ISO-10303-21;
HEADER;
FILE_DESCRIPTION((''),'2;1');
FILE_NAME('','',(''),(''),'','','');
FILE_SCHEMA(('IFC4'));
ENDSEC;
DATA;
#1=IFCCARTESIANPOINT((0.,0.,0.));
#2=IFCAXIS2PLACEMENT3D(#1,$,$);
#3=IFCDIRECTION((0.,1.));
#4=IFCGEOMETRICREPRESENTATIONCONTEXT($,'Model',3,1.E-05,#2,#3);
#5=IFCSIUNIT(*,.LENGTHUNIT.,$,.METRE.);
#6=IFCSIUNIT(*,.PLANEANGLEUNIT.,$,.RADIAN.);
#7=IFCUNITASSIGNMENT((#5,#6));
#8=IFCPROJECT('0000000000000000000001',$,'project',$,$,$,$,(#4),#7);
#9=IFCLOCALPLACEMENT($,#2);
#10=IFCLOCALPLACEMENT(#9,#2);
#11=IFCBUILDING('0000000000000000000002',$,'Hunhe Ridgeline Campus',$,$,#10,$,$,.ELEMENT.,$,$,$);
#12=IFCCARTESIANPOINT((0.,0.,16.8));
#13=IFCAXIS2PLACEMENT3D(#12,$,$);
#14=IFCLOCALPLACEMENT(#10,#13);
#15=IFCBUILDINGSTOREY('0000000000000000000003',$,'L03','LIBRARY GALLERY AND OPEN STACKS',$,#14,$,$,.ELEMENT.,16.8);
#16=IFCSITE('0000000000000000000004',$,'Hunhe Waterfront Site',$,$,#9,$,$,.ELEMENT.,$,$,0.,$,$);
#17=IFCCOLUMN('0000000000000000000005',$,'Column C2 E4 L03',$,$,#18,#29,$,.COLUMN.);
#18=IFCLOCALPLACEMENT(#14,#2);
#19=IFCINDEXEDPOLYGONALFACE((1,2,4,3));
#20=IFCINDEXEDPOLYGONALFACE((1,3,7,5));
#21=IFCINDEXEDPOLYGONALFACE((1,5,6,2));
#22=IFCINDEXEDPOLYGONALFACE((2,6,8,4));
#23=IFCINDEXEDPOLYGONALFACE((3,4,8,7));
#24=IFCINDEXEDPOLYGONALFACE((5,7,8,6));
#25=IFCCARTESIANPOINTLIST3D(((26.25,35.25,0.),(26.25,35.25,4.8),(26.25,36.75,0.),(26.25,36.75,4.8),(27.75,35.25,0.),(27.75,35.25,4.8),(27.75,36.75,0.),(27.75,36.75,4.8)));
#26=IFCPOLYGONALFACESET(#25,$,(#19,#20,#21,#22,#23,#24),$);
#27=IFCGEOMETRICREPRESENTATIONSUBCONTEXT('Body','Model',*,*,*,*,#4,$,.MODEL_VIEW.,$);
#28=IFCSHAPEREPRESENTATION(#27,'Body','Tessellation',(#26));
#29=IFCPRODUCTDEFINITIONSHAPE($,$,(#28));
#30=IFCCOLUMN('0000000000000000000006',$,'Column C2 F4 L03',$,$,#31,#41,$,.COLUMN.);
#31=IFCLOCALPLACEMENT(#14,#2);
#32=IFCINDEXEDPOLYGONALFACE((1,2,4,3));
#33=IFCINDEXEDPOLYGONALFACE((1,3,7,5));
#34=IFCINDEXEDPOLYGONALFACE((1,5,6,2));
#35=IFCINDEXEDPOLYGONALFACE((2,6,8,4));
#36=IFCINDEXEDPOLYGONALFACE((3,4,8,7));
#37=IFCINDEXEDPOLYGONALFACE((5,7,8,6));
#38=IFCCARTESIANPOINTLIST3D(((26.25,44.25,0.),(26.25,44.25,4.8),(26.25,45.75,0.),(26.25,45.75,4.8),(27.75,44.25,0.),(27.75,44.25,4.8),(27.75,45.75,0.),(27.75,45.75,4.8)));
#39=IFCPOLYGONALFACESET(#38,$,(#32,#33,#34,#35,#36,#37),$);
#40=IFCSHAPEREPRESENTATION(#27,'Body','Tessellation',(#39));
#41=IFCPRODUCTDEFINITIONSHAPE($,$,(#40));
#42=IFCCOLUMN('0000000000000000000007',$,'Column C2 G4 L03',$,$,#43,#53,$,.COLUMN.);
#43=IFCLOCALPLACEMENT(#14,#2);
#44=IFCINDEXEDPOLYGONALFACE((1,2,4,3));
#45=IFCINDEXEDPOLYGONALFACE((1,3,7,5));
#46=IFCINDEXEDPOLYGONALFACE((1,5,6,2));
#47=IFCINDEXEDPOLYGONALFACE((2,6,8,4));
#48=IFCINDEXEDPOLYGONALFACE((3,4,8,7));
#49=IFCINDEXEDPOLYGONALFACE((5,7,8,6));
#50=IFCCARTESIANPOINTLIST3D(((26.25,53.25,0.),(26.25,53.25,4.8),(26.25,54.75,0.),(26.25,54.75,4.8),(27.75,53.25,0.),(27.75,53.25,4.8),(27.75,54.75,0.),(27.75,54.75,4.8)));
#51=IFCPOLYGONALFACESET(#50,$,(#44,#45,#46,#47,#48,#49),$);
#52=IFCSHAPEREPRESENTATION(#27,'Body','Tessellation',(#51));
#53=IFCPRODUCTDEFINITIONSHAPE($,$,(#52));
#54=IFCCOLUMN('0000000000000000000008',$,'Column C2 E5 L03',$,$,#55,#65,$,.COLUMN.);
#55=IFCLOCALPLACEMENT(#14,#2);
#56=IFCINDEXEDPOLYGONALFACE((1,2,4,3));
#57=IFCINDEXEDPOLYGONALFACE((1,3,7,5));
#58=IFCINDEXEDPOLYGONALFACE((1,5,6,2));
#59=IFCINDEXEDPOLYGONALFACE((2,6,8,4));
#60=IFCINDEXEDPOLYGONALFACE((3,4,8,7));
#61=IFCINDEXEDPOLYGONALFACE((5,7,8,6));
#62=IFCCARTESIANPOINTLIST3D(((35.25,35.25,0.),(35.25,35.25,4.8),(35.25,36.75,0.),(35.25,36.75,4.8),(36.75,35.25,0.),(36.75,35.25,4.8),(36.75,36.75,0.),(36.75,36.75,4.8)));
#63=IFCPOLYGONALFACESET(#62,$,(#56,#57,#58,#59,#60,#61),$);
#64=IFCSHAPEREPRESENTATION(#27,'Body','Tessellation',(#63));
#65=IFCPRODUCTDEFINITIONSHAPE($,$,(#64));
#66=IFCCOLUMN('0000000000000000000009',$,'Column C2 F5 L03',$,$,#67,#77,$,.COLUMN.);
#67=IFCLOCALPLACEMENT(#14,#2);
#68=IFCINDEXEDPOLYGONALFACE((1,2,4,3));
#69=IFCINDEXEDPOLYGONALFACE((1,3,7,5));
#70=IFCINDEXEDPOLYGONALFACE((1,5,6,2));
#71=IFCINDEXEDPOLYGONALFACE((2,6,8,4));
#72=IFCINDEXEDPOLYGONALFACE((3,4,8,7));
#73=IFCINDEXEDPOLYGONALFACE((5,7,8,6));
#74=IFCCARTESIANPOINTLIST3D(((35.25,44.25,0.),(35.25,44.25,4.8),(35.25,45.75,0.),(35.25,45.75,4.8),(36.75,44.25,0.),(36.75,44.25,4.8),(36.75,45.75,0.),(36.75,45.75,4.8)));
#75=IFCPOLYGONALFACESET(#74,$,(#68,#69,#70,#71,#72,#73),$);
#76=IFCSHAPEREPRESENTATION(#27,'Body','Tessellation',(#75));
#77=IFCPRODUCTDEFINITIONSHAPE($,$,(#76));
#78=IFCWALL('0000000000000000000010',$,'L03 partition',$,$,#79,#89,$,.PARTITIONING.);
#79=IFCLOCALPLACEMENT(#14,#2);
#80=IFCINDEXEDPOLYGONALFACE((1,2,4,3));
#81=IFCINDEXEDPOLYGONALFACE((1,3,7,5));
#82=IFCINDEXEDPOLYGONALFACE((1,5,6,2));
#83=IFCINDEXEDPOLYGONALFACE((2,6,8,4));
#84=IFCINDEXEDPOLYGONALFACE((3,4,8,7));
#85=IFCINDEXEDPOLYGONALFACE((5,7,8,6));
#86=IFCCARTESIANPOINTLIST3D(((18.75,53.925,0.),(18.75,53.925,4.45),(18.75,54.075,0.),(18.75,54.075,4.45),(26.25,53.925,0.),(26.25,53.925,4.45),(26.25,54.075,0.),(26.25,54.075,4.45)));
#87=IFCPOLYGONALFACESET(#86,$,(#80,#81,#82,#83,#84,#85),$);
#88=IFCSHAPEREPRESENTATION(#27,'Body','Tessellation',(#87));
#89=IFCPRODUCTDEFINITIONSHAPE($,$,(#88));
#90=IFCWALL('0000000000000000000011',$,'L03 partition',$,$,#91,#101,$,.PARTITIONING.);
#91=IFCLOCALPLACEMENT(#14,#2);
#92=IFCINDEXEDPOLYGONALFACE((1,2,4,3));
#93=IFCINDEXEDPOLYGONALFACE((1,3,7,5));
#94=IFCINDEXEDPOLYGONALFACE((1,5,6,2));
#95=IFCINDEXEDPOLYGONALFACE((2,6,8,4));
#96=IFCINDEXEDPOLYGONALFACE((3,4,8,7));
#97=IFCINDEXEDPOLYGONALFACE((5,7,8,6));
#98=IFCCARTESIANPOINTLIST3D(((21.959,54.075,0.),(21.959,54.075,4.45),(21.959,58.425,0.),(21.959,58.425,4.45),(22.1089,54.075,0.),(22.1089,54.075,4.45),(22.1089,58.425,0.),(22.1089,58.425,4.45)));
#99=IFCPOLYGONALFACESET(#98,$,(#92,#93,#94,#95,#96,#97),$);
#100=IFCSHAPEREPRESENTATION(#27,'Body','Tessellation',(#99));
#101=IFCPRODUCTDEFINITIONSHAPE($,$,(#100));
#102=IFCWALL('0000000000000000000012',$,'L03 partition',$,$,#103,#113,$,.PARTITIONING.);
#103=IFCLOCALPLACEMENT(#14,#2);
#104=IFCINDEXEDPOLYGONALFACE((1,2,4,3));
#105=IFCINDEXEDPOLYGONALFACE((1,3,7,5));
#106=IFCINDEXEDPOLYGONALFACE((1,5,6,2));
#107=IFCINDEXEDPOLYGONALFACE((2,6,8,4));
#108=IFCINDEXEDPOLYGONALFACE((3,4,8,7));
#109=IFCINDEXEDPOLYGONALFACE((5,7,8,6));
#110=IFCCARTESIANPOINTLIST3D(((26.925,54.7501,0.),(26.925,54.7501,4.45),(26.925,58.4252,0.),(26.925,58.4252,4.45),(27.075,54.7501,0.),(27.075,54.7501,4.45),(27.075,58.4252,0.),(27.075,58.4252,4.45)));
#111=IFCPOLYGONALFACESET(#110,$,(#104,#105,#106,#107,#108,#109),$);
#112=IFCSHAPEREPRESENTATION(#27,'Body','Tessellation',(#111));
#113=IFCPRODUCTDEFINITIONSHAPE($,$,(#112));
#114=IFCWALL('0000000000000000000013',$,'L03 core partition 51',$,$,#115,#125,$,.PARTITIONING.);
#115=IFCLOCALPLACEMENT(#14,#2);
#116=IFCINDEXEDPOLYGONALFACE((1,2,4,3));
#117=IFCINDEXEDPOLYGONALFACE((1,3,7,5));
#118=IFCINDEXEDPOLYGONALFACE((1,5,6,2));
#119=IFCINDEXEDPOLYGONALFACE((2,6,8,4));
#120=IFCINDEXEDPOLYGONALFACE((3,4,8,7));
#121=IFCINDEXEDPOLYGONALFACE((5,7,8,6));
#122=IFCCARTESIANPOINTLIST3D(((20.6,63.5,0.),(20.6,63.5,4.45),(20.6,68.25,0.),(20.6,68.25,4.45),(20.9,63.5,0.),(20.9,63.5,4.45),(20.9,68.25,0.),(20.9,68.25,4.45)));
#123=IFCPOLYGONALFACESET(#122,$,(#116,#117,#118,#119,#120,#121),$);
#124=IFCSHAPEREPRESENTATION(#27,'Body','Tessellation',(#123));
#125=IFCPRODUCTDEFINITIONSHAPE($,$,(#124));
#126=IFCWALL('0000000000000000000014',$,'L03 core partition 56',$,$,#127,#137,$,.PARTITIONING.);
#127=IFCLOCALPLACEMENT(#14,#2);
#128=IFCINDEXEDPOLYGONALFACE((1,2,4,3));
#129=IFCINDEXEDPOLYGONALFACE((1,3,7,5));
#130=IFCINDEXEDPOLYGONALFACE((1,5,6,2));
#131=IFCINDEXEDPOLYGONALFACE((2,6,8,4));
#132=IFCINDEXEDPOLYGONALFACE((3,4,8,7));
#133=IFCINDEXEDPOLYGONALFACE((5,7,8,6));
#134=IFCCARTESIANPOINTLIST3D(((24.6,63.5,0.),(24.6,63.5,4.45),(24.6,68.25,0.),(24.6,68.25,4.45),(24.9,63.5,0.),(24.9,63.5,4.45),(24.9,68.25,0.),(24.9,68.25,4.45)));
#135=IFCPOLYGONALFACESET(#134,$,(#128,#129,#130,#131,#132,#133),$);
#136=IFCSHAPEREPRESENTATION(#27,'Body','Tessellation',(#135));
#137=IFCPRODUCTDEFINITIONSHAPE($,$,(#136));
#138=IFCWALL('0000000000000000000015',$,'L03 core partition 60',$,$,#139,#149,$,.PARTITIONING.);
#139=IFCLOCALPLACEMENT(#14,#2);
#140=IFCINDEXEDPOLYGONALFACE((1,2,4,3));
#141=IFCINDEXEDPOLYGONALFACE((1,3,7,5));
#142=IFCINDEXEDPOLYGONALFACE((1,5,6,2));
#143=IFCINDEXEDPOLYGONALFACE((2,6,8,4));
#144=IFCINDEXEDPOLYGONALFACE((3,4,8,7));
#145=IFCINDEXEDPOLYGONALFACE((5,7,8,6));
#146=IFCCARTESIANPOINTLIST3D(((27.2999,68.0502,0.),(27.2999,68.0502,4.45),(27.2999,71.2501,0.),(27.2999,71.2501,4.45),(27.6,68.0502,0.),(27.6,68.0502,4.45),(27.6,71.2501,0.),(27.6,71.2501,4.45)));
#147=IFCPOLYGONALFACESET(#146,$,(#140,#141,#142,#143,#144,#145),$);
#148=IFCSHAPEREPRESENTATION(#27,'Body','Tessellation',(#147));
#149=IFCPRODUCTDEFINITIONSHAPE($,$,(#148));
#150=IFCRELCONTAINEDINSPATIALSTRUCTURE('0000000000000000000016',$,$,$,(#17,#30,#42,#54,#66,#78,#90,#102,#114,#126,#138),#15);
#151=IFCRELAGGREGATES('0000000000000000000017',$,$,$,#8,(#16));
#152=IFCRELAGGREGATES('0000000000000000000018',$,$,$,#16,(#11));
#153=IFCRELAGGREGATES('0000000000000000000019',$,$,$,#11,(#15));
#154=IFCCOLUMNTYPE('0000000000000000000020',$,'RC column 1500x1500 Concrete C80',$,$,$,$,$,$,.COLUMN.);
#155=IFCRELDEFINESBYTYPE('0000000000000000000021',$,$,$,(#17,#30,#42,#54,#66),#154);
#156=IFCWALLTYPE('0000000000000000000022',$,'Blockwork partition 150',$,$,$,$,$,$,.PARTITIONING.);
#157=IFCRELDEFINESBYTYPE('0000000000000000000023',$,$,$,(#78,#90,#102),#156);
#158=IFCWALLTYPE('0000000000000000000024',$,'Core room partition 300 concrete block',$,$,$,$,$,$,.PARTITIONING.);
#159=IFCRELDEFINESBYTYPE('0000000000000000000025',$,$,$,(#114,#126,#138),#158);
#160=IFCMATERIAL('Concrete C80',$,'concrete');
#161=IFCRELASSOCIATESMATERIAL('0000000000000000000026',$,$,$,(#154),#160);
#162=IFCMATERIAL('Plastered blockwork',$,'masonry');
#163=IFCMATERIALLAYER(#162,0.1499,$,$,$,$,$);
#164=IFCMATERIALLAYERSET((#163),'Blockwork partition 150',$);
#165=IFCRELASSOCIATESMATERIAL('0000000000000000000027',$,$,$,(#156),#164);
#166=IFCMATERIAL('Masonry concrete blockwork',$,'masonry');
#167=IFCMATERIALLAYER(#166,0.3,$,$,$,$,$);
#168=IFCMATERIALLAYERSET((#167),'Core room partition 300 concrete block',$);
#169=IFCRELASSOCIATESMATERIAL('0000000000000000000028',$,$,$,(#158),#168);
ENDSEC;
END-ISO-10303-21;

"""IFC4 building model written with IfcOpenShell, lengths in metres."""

from ifc_helpers import new_model, si_unit, direction, frame, frame_2d, origin, origin_2d, place, context, subcontext, project, spatial, rectangle, extrude, material, layer, layer_set, material_profile, profile_set, type_object, element, save


model = new_model("IFC4")

# Units and contexts
model_context = context("Model", 3, precision=1e-05, world=origin(), true_north=direction((0.0, 1.0)))
body_context = subcontext(model_context, "Body", "Model", "MODEL_VIEW")
ifc_project = project(units=[si_unit("LENGTHUNIT", "METRE"), si_unit("PLANEANGLEUNIT", "RADIAN")], contexts=[model_context])

# Site, building, storey
site_placement = place(None, origin())
site = spatial("IfcSite", under=ifc_project, at=site_placement, Name="Hunhe Waterfront Site", CompositionType="ELEMENT", RefElevation=0.0)
building_placement = place(site_placement, origin())
building = spatial("IfcBuilding", under=site, at=building_placement, Name="Hunhe Ridgeline Campus", CompositionType="ELEMENT")
storey_placement = place(building_placement, frame((0.0, 0.0, 16.8)))
storey = spatial("IfcBuildingStorey", under=building, at=storey_placement, Name="L03", Description="LIBRARY GALLERY AND OPEN STACKS", CompositionType="ELEMENT", Elevation=16.8)

# Columns
ifc_material_1 = material(Name="Concrete C80", Category="concrete")
ifc_material_profile = material_profile(ifc_material_1, rectangle(XDim=1.5, YDim=1.5, at=origin_2d()))
ifc_profile_set = profile_set([ifc_material_profile], Name="Concrete C80")
column_type = type_object("IfcColumnType", Name="RC column 1500x1500 Concrete C80", PredefinedType="COLUMN", material=ifc_profile_set)
for number, where, z_axis, x_axis, name in (
    (1, (27.0, 36.0, 0.0), (0.0, 0.0, 1.0), (1.0, 0.0, 0.0), "Column C2 E4 L03"),
    (2, (27.0, 45.0, 0.0), (0.0, 0.0, 1.0), (1.0, 0.0, 0.0), "Column C2 F4 L03"),
    (3, (27.0, 54.0, 0.0), (0.0, 0.0, 1.0), (1.0, 0.0, 0.0), "Column C2 G4 L03"),
    (4, (36.0, 36.0, 0.0), (0.0, 0.0, 1.0), (1.0, 0.0, 0.0), "Column C2 E5 L03"),
    (5, (36.0, 45.0, 0.0), (0.0, 0.0, 1.0), (1.0, 0.0, 0.0), "Column C2 F5 L03"),
):
    element("IfcColumn", number, at=place(storey_placement, frame(where, z_axis=z_axis, x_axis=x_axis)), inside=storey, type_object=column_type, Name=name, PredefinedType="COLUMN", context=body_context, shape_type="SweptSolid", body=[
        extrude(rectangle(XDim=1.5, YDim=1.5, at=origin_2d()), origin(), (0.0, 0.0, 1.0), 4.8),
    ])

# Walls
ifc_material_2 = material(Name="Plastered blockwork", Category="masonry")
ifc_layer_1 = layer(ifc_material_2, 0.1499)
ifc_layer_set_1 = layer_set([ifc_layer_1], Name="Blockwork partition 150")
wall_type_1 = type_object("IfcWallType", Name="Blockwork partition 150", PredefinedType="PARTITIONING", material=ifc_layer_set_1)
wall_1_placement = place(storey_placement, frame((26.25, 54.0, 0.0), z_axis=(0.0, 0.0, 1.0), x_axis=(-1.0, 0.0, 0.0)))
element("IfcWall", 6, at=wall_1_placement, inside=storey, type_object=wall_type_1, Name="L03 partition", PredefinedType="PARTITIONING", context=body_context, shape_type="SweptSolid", body=[
    extrude(rectangle(XDim=7.5, YDim=0.1499, at=frame_2d((3.75, 0.0))), origin(), (0.0, 0.0, 1.0), 4.45),
])
wall_2_placement = place(storey_placement, frame((22.0339, 54.075, 0.0), z_axis=(0.0, 0.0, 1.0), x_axis=(0.0, 1.0, 0.0)))
element("IfcWall", 7, at=wall_2_placement, inside=storey, type_object=wall_type_1, Name="L03 partition", PredefinedType="PARTITIONING", context=body_context, shape_type="SweptSolid", body=[
    extrude(rectangle(XDim=4.3501, YDim=0.1499, at=frame_2d((2.175, 0.0))), origin(), (0.0, 0.0, 1.0), 4.45),
])
wall_3_placement = place(storey_placement, frame((27.0, 58.425, 0.0), z_axis=(0.0, 0.0, 1.0), x_axis=(0.0, -1.0, 0.0)))
element("IfcWall", 8, at=wall_3_placement, inside=storey, type_object=wall_type_1, Name="L03 partition", PredefinedType="PARTITIONING", context=body_context, shape_type="SweptSolid", body=[
    extrude(rectangle(XDim=3.675, YDim=0.1499, at=frame_2d((1.8374, 0.0))), origin(), (0.0, 0.0, 1.0), 4.45),
])
ifc_material_3 = material(Name="Masonry concrete blockwork", Category="masonry")
ifc_layer_2 = layer(ifc_material_3, 0.3)
ifc_layer_set_2 = layer_set([ifc_layer_2], Name="Core room partition 300 concrete block")
wall_type_2 = type_object("IfcWallType", Name="Core room partition 300 concrete block", PredefinedType="PARTITIONING", material=ifc_layer_set_2)
for number, where, z_axis, x_axis, name in (
    (9, (20.75, 63.5, 0.0), (0.0, 0.0, 1.0), (0.0, 1.0, 0.0), "L03 core partition 51"),
    (10, (24.75, 63.5, 0.0), (0.0, 0.0, 1.0), (0.0, 1.0, 0.0), "L03 core partition 56"),
):
    element("IfcWall", number, at=place(storey_placement, frame(where, z_axis=z_axis, x_axis=x_axis)), inside=storey, type_object=wall_type_2, Name=name, PredefinedType="PARTITIONING", context=body_context, shape_type="SweptSolid", body=[
        extrude(rectangle(XDim=4.75, YDim=0.3, at=frame_2d((2.375, 0.0))), origin(), (0.0, 0.0, 1.0), 4.45),
    ])
wall_4_placement = place(storey_placement, frame((27.45, 68.05, 0.0), z_axis=(0.0, 0.0, 1.0), x_axis=(0.0, 1.0, 0.0)))
element("IfcWall", 11, at=wall_4_placement, inside=storey, type_object=wall_type_2, Name="L03 core partition 60", PredefinedType="PARTITIONING", context=body_context, shape_type="SweptSolid", body=[
    extrude(rectangle(XDim=3.2, YDim=0.3, at=frame_2d((1.6001, 0.0))), origin(), (0.0, 0.0, 1.0), 4.45),
])

save(model, "model.ifc")
